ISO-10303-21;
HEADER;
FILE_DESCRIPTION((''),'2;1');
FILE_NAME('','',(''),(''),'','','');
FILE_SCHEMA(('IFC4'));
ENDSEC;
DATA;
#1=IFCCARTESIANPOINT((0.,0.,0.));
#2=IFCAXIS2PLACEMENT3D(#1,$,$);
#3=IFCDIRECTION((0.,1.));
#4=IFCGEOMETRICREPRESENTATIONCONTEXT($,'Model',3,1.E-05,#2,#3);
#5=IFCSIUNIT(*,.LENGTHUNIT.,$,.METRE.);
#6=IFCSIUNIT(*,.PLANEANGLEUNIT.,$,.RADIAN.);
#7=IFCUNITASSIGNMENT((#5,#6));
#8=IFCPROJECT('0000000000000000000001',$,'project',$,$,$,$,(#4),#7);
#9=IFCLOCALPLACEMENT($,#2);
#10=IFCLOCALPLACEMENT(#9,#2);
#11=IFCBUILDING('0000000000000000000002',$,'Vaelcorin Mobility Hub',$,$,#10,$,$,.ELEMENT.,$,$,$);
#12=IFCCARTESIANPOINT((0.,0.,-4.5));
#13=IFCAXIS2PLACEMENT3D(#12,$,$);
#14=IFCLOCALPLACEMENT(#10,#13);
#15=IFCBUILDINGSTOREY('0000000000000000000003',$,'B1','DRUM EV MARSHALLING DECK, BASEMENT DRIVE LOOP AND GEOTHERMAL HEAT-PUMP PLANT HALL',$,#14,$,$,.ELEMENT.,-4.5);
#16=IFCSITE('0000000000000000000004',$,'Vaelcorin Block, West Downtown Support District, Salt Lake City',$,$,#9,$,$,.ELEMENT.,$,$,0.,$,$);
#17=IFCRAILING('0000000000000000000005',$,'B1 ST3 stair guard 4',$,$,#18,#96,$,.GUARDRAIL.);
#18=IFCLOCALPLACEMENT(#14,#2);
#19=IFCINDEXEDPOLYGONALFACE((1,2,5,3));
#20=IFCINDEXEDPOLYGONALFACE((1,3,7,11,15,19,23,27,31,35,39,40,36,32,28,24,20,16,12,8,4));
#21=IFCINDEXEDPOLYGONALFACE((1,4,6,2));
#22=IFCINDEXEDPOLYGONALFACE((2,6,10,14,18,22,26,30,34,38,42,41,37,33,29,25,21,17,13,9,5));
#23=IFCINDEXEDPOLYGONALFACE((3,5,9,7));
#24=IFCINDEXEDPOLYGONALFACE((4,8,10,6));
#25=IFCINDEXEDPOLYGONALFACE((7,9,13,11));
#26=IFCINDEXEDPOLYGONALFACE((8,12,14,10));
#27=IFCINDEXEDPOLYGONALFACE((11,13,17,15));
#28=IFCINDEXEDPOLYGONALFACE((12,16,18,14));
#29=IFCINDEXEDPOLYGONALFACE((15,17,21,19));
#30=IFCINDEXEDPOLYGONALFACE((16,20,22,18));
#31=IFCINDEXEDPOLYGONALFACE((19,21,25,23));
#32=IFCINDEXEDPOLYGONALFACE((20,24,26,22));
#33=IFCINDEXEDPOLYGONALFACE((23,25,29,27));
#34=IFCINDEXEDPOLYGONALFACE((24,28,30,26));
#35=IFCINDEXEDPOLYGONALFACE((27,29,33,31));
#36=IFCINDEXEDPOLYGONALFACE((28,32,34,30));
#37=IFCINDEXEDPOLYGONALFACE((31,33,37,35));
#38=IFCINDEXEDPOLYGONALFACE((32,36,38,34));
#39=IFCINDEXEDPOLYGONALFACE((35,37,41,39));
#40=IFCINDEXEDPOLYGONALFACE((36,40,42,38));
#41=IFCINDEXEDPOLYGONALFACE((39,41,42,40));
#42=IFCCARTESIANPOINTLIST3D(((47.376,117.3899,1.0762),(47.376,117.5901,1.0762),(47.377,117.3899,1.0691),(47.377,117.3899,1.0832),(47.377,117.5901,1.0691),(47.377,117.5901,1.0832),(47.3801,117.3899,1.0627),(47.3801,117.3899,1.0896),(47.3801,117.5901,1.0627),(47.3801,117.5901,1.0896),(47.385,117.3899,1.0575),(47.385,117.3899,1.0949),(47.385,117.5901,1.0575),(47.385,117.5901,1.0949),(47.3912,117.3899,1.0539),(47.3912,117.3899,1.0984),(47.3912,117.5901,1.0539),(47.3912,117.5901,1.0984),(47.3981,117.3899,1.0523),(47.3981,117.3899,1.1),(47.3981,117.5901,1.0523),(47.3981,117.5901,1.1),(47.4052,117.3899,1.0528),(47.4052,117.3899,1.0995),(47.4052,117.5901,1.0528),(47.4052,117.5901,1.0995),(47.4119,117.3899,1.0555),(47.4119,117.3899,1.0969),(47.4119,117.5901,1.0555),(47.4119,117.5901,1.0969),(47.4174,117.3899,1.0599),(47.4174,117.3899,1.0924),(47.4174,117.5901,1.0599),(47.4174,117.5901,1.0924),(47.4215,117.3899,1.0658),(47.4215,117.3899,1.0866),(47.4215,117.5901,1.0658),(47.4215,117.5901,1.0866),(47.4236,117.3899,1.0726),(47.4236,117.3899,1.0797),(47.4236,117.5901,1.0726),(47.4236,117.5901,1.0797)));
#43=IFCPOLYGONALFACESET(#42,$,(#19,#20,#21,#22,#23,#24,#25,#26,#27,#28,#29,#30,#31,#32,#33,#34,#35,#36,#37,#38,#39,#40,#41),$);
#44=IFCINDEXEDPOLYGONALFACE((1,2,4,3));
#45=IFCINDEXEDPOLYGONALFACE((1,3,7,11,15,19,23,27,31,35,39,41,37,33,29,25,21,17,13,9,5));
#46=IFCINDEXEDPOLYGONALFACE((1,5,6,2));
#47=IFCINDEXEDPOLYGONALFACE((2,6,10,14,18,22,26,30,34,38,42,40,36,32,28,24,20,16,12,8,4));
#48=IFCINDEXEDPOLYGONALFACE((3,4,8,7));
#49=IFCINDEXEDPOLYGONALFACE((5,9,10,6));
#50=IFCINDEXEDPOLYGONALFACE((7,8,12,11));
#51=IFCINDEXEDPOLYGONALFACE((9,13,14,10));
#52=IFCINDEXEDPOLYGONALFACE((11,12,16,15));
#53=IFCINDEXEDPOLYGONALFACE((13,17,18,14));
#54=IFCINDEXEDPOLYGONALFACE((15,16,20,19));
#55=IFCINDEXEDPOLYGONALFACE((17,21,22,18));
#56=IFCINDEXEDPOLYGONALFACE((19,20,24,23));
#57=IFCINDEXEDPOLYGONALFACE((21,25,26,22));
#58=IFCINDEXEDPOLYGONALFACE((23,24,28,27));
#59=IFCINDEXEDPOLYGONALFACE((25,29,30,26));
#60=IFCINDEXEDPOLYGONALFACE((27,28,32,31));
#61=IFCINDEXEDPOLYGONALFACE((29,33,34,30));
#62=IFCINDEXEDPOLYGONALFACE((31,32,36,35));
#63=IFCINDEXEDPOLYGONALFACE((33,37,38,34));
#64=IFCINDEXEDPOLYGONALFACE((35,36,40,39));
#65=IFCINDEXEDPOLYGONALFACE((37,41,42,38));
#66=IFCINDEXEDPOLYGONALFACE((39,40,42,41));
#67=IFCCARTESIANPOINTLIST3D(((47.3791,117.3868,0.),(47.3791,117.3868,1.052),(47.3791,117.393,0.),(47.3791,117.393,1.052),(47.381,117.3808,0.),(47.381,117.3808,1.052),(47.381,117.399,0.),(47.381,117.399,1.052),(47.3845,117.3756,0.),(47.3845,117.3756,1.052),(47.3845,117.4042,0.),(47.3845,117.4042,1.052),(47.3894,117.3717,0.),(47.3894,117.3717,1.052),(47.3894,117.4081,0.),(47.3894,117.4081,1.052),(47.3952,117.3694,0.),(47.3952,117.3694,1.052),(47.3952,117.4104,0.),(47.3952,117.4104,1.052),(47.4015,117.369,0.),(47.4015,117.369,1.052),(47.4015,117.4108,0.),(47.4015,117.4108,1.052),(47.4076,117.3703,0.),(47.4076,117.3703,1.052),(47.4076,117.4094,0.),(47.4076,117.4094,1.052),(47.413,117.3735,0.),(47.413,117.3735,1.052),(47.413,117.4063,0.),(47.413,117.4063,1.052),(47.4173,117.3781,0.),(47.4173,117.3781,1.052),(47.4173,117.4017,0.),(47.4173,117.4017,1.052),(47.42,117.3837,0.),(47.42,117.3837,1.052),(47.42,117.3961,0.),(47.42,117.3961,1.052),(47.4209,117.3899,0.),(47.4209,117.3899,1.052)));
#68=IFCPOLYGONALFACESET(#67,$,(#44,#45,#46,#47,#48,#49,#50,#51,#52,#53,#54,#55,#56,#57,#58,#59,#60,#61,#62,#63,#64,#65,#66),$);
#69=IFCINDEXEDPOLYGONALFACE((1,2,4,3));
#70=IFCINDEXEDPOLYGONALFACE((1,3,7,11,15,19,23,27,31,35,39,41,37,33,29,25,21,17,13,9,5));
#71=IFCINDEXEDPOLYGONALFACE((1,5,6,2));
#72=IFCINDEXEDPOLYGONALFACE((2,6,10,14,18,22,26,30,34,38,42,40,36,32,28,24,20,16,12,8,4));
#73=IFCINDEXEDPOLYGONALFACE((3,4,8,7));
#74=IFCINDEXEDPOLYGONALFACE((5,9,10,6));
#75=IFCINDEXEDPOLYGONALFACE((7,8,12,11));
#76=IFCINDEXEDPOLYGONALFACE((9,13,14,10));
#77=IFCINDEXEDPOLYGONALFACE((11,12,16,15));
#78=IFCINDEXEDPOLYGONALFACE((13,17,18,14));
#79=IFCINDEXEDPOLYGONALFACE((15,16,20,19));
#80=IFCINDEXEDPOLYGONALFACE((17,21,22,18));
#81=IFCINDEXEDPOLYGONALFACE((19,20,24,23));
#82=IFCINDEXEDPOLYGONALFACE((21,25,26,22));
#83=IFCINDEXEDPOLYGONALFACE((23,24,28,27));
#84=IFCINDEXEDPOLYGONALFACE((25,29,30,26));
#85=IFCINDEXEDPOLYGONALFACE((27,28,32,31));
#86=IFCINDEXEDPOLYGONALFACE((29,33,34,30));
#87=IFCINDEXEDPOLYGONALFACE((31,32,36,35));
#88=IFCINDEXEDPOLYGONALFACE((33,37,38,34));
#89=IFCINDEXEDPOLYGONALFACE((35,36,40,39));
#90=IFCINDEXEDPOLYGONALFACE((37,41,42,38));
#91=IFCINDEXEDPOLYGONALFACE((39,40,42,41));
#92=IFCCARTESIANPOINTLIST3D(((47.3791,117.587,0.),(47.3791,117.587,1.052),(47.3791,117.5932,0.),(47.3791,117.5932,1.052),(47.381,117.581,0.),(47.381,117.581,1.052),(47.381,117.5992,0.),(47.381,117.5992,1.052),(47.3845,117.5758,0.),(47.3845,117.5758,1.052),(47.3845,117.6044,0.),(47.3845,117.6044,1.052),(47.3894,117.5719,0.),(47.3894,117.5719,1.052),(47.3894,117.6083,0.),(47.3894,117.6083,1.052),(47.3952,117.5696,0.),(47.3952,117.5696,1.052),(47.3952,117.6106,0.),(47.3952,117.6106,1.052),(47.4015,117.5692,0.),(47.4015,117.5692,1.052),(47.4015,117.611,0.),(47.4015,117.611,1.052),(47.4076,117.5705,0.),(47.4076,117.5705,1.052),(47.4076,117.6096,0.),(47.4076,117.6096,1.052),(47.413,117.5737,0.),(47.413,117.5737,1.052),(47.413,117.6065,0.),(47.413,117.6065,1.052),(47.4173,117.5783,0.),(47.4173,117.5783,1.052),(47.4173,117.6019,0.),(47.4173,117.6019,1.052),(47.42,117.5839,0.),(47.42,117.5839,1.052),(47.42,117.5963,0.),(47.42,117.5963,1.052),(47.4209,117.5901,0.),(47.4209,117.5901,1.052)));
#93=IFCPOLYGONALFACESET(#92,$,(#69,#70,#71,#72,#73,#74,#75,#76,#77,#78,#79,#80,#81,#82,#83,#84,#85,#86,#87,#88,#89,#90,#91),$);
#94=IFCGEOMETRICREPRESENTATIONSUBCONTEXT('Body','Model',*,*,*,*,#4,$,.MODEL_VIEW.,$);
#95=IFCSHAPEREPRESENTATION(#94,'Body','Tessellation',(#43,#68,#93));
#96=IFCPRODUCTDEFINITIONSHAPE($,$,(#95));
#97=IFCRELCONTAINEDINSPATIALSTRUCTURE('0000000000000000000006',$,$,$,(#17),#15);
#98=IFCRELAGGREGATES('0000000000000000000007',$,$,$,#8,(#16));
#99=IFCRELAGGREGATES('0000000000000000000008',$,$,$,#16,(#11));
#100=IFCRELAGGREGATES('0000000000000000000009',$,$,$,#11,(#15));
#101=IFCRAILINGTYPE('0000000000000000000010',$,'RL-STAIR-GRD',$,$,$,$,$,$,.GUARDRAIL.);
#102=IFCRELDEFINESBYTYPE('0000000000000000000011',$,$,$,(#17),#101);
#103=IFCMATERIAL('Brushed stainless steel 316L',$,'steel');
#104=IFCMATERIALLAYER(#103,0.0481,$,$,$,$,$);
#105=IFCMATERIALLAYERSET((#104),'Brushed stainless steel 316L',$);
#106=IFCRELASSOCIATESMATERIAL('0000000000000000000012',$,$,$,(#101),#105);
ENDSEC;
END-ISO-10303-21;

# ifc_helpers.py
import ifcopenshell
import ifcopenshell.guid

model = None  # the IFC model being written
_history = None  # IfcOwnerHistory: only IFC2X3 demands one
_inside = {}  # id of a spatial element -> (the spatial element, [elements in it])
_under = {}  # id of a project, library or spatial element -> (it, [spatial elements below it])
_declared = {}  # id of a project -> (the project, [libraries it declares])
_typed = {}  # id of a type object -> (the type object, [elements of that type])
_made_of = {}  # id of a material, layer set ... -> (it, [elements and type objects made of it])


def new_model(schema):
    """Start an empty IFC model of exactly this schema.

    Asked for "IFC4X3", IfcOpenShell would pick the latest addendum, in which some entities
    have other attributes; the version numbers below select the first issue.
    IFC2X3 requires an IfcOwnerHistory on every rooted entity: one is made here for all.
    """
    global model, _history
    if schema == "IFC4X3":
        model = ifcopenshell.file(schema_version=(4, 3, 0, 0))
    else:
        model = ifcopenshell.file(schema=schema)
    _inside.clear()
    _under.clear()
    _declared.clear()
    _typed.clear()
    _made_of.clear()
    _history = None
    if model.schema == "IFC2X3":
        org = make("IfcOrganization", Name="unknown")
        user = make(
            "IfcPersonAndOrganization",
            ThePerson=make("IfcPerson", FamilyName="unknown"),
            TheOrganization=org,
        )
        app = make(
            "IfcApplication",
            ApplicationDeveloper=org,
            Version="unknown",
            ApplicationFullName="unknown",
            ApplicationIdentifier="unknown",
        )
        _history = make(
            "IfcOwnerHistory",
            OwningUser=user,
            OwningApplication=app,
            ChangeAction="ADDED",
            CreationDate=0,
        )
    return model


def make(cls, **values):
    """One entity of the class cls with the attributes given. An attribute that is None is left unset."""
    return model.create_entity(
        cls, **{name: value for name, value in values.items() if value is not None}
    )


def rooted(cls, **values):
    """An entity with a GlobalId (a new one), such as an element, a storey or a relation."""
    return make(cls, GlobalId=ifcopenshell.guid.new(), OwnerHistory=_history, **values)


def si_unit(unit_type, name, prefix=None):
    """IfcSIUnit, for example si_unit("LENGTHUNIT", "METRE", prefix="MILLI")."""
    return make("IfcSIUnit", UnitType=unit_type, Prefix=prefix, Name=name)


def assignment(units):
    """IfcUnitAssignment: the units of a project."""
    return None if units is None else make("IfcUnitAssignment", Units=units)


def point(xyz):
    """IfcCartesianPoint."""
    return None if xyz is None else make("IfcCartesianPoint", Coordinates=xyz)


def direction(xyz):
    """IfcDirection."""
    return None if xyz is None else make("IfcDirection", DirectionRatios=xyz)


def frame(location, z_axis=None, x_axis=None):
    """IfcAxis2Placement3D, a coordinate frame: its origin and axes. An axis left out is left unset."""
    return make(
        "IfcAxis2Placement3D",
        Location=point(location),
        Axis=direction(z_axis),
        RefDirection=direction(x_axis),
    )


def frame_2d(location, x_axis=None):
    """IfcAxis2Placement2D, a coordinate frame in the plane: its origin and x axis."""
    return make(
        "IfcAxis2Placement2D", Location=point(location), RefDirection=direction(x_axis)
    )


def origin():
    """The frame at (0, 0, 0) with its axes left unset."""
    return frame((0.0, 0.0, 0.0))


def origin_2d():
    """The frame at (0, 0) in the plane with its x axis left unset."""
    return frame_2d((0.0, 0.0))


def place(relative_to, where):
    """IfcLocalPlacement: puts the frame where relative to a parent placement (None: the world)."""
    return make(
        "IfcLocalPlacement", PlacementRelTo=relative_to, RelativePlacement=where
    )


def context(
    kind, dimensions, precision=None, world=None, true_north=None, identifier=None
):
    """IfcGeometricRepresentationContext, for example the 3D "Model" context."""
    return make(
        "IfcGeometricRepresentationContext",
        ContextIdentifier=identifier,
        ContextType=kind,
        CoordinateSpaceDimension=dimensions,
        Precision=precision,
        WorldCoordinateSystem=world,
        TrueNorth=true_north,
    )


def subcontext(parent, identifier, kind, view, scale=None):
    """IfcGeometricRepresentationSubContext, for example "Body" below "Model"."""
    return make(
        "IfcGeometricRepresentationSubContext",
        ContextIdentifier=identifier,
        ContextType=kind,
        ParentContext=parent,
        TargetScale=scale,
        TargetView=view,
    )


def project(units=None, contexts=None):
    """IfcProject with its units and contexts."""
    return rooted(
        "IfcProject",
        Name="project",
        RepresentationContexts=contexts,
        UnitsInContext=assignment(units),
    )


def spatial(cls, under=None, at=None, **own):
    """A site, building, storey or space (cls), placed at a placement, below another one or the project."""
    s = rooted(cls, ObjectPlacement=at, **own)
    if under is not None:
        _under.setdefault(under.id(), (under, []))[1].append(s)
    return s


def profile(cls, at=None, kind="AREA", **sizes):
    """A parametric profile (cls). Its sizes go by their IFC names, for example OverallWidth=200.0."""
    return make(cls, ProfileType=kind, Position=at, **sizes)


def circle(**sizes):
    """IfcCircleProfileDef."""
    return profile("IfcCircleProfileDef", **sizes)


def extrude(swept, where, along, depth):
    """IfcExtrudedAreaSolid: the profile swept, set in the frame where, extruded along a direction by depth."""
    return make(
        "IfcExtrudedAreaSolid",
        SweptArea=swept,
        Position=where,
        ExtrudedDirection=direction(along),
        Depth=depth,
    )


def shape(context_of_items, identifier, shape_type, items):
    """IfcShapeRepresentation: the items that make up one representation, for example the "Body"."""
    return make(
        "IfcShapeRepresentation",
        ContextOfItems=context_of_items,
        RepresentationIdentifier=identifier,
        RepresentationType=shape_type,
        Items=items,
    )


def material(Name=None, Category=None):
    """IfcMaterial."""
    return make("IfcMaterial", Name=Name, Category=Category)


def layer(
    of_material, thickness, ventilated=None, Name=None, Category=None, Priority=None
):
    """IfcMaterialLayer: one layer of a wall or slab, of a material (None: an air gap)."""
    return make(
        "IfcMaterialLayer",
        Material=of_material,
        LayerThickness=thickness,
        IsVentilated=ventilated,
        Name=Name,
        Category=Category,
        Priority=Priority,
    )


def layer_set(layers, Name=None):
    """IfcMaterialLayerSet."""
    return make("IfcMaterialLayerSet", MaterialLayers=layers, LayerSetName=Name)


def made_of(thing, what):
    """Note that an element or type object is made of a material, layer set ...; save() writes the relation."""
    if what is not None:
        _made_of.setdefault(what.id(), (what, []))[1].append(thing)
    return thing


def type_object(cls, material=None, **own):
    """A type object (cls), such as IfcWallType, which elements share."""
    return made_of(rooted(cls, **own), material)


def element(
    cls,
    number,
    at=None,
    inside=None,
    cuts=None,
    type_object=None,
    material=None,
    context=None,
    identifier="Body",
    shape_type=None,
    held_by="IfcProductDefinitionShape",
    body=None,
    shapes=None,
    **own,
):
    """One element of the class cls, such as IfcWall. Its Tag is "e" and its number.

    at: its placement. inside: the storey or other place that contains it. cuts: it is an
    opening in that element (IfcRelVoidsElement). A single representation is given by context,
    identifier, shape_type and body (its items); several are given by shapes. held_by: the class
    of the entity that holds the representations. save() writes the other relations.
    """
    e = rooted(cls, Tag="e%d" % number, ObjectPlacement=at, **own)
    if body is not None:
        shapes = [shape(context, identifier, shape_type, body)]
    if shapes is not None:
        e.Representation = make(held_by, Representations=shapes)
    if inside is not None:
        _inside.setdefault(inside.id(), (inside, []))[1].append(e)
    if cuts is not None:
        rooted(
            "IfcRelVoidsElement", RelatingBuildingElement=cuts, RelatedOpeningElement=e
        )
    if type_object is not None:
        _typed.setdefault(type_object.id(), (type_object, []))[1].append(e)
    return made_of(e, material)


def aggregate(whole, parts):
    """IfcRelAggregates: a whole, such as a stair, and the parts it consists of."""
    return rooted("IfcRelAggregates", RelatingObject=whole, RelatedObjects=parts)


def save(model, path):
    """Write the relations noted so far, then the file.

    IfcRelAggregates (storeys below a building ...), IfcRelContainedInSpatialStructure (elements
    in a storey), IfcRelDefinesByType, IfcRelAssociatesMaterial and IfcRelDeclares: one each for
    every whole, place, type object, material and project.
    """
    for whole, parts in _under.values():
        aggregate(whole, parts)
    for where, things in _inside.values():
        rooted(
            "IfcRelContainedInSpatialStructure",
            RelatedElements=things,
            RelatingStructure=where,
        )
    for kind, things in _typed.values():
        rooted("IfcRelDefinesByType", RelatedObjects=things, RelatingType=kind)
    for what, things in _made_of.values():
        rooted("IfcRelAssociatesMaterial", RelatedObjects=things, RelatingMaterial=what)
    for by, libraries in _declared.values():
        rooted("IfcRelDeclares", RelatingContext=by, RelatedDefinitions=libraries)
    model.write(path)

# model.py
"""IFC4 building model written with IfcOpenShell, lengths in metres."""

from ifc_helpers import new_model, si_unit, direction, frame, origin, origin_2d, place, context, subcontext, project, spatial, circle, extrude, material, layer, layer_set, type_object, element, save


model = new_model("IFC4")

# Units and contexts
model_context = context("Model", 3, precision=1e-05, world=origin(), true_north=direction((0.0, 1.0)))
body_context = subcontext(model_context, "Body", "Model", "MODEL_VIEW")
ifc_project = project(units=[si_unit("LENGTHUNIT", "METRE"), si_unit("PLANEANGLEUNIT", "RADIAN")], contexts=[model_context])

# Site, building, storey
site_placement = place(None, origin())
site = spatial("IfcSite", under=ifc_project, at=site_placement, Name="Vaelcorin Block, West Downtown Support District, Salt Lake City", CompositionType="ELEMENT", RefElevation=0.0)
building_placement = place(site_placement, origin())
building = spatial("IfcBuilding", under=site, at=building_placement, Name="Vaelcorin Mobility Hub", CompositionType="ELEMENT")
storey_placement = place(building_placement, frame((0.0, 0.0, -4.5)))
storey = spatial("IfcBuildingStorey", under=building, at=storey_placement, Name="B1", Description="DRUM EV MARSHALLING DECK, BASEMENT DRIVE LOOP AND GEOTHERMAL HEAT-PUMP PLANT HALL", CompositionType="ELEMENT", Elevation=-4.5)

# Railing
ifc_material_1 = material(Name="Brushed stainless steel 316L", Category="steel")
ifc_layer_1 = layer(ifc_material_1, 0.0481)
ifc_layer_set_1 = layer_set([ifc_layer_1], Name="Brushed stainless steel 316L")
railing_type_1 = type_object("IfcRailingType", Name="RL-STAIR-GRD", PredefinedType="GUARDRAIL", material=ifc_layer_set_1)
railing_1_placement = place(storey_placement, frame((47.3999, 117.3899, 0.0)))
element("IfcRailing", 1, at=railing_1_placement, inside=storey, type_object=railing_type_1, Name="B1 ST3 stair guard 4", PredefinedType="GUARDRAIL", context=body_context, shape_type="SweptSolid", body=[
    extrude(circle(Radius=0.0239, at=origin_2d()), frame((0.0, 0.0, 1.0762), z_axis=(0.0, 1.0, 0.0), x_axis=(-1.0, 0.0, 0.0)), (0.0, 0.0, 1.0), 0.2002),
    extrude(circle(Radius=0.021, at=origin_2d()), origin(), (0.0, 0.0, 1.0), 1.052),
    extrude(circle(Radius=0.021, at=origin_2d()), frame((0.0, 0.2002, 0.0)), (0.0, 0.0, 1.0), 1.052),
])

save(model, "model.ifc")
